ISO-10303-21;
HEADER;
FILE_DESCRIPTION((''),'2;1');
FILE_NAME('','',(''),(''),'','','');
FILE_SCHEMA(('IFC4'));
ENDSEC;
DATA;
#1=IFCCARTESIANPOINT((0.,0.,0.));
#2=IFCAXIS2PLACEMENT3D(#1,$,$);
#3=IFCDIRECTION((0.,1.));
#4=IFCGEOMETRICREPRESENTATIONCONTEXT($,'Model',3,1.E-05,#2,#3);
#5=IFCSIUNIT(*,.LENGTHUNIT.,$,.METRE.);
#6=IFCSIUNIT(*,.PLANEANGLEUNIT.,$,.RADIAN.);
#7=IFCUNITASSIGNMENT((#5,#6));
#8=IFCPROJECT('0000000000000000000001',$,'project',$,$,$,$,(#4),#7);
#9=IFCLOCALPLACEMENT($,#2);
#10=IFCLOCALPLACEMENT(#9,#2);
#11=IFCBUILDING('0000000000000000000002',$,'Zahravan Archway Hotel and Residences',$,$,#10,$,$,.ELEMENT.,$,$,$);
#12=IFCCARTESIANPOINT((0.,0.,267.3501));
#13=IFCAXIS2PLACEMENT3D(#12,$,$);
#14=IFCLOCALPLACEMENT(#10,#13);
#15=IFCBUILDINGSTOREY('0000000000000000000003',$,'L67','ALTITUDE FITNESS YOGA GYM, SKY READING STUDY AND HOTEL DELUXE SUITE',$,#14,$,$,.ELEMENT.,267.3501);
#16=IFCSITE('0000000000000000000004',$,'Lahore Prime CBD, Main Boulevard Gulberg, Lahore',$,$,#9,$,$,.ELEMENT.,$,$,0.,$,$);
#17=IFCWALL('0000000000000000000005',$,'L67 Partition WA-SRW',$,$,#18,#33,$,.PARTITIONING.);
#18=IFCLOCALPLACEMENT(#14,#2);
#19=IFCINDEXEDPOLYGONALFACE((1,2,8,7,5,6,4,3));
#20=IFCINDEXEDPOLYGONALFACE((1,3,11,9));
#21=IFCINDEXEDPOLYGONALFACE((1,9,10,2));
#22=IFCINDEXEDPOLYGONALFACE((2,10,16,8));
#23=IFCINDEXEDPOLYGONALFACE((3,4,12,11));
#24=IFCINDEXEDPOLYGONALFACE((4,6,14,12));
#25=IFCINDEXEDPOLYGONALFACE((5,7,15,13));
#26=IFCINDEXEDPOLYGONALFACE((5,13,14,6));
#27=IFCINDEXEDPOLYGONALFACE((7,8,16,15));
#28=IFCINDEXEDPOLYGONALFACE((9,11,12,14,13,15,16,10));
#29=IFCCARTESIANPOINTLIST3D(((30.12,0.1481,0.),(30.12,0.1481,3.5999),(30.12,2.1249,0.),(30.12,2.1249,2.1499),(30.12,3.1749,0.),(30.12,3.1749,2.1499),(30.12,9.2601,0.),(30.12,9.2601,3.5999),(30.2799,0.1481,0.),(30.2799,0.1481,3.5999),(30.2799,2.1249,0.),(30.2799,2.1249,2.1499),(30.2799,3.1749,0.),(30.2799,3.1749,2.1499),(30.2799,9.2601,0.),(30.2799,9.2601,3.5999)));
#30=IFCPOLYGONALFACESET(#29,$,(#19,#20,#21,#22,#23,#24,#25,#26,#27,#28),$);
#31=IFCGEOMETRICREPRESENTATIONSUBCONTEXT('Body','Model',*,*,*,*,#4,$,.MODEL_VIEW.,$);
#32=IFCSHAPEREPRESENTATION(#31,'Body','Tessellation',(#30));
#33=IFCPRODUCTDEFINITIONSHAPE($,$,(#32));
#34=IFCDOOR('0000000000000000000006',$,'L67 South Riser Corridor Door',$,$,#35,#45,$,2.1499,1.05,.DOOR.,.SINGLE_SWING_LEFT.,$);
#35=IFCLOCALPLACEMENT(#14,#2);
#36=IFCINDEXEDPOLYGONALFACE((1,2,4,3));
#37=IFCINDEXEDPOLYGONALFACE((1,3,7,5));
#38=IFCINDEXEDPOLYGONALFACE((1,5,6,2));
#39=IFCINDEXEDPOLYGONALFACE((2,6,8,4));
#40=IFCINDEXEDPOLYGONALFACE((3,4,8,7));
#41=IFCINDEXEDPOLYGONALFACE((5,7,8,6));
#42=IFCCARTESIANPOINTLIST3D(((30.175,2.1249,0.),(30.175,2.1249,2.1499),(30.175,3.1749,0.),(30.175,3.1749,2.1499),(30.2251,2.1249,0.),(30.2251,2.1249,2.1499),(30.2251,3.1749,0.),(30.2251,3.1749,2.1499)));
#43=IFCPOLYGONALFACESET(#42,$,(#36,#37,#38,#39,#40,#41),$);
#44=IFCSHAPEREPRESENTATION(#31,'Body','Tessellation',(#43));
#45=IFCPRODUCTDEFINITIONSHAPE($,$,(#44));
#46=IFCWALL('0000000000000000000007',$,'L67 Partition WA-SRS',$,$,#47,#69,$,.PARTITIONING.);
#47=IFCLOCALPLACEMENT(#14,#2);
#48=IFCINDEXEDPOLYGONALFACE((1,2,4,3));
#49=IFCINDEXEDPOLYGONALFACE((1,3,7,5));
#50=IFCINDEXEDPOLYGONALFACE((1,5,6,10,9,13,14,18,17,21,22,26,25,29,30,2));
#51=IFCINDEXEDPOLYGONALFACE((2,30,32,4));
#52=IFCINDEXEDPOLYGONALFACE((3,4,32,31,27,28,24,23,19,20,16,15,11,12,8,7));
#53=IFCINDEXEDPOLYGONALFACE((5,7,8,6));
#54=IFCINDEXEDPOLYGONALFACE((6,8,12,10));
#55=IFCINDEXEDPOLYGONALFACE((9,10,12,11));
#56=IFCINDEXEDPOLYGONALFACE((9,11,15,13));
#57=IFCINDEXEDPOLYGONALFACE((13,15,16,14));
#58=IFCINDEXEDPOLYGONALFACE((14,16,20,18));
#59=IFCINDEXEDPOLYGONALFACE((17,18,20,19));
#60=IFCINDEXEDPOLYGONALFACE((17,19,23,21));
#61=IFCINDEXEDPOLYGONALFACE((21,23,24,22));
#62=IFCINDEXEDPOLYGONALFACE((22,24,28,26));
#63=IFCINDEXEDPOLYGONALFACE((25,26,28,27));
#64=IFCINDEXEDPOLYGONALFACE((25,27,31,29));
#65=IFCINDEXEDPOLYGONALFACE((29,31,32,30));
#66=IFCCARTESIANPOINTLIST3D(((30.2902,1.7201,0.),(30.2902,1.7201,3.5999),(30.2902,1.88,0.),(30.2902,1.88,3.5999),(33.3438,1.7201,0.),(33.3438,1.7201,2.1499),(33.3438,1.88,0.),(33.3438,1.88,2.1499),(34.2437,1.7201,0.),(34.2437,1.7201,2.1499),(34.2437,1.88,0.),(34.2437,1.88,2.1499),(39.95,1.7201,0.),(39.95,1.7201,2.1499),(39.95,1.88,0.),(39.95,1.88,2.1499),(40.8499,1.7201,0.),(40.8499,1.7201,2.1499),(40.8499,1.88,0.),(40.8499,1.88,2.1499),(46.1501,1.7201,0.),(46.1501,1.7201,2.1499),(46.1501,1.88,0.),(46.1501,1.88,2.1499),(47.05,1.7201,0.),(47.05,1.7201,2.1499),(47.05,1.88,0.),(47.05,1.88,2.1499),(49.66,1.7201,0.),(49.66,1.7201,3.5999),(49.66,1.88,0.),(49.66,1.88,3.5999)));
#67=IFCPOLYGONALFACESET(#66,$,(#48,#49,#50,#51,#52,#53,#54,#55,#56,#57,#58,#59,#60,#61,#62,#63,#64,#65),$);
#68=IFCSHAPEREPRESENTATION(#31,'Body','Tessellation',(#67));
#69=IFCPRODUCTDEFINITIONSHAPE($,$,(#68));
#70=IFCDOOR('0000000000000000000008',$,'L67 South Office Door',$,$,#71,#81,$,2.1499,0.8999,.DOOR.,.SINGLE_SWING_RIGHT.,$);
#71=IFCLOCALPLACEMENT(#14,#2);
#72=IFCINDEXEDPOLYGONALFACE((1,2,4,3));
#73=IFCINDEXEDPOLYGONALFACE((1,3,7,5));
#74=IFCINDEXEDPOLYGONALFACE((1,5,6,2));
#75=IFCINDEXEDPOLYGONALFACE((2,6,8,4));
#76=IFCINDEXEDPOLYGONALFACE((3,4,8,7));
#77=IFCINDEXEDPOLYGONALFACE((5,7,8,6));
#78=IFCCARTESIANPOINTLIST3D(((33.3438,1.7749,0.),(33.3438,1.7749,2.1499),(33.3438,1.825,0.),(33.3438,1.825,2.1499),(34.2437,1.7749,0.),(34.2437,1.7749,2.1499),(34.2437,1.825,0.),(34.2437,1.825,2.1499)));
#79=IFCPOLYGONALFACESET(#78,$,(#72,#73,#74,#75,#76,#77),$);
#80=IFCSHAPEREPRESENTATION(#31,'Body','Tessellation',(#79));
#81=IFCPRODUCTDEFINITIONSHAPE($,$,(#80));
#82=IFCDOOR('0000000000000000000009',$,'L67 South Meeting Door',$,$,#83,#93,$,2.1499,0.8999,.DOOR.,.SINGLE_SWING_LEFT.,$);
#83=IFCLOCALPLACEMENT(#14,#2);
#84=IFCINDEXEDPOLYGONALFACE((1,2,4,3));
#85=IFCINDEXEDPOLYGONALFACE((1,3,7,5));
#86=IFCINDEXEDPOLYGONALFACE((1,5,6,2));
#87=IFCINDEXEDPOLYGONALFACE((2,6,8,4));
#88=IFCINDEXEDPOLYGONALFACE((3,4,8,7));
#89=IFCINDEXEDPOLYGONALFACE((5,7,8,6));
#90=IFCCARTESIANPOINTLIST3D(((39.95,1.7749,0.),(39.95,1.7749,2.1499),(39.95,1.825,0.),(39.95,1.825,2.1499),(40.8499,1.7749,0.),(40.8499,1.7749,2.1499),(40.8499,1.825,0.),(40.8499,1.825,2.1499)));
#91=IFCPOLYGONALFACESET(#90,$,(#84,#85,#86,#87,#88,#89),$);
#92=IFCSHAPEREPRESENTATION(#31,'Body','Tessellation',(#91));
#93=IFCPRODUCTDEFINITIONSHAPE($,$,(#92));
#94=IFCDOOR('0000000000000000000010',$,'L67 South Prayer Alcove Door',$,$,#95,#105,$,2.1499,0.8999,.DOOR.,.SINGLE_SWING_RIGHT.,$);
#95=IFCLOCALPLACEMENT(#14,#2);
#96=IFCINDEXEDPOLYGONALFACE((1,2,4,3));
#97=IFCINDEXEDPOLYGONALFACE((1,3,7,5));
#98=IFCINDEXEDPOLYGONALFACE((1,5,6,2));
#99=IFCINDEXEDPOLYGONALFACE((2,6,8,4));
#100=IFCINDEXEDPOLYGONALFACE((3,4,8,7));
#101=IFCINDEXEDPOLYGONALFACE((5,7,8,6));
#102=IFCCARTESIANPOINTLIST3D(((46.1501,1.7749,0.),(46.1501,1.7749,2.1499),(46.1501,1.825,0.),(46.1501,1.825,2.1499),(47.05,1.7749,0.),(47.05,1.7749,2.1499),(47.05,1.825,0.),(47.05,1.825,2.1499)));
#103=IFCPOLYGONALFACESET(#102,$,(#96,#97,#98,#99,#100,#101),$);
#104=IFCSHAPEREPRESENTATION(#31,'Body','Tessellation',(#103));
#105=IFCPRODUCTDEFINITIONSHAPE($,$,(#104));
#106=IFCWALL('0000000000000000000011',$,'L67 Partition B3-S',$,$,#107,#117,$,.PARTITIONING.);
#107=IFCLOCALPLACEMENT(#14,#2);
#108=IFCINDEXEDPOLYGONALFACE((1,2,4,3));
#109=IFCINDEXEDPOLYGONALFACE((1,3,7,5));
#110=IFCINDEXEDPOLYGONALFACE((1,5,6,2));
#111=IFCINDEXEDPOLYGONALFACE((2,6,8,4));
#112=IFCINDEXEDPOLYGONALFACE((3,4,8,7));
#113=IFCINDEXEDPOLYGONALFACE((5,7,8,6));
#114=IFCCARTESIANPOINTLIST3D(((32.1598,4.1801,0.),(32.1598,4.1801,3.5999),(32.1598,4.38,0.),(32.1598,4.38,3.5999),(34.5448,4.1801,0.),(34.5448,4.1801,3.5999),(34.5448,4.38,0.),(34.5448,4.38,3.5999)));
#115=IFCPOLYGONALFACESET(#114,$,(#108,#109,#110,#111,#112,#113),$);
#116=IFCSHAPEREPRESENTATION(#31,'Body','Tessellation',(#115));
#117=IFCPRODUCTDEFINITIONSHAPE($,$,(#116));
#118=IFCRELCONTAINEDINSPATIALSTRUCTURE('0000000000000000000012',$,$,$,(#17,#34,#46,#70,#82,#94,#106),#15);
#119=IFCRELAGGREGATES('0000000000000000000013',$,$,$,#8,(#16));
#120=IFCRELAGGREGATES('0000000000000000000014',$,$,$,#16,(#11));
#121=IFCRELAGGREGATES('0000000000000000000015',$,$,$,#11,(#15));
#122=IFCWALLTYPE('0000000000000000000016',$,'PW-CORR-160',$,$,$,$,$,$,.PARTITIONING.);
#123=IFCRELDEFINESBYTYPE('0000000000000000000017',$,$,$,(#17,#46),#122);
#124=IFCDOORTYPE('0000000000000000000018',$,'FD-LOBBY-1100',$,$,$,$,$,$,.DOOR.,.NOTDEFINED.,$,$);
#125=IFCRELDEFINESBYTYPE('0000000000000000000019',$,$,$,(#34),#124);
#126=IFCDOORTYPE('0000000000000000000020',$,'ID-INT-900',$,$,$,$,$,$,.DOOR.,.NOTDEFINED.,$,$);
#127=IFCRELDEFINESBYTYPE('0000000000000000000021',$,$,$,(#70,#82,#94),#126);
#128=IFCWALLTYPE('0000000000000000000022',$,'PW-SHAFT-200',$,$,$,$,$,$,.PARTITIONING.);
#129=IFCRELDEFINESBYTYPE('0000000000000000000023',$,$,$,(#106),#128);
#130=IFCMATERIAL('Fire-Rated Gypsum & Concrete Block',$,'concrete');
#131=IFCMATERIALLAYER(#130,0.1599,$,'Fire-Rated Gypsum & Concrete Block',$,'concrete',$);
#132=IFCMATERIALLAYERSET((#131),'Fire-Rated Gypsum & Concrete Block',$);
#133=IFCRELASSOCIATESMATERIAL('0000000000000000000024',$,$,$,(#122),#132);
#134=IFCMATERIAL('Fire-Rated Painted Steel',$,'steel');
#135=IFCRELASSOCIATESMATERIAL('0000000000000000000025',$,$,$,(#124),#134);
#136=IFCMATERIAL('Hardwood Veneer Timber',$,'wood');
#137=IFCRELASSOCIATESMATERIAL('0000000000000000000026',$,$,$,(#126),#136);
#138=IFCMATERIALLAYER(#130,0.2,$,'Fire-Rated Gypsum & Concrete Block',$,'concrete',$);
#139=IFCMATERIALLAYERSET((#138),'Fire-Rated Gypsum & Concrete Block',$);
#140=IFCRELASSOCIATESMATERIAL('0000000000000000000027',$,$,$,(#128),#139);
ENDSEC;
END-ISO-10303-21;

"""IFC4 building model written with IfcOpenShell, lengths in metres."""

from ifc_helpers import new_model, si_unit, direction, frame, frame_2d, origin, place, context, subcontext, project, spatial, rectangle, extrude, source, transform, mapped, material, layer, layer_set, type_object, type_shapes, element, fill, save


model = new_model("IFC4")

# Units and contexts
model_context = context("Model", 3, precision=1e-05, world=origin(), true_north=direction((0.0, 1.0)))
body_context = subcontext(model_context, "Body", "Model", "MODEL_VIEW")
ifc_project = project(units=[si_unit("LENGTHUNIT", "METRE"), si_unit("PLANEANGLEUNIT", "RADIAN")], contexts=[model_context])

# Site, building, storey
site_placement = place(None, origin())
site = spatial("IfcSite", under=ifc_project, at=site_placement, Name="Lahore Prime CBD, Main Boulevard Gulberg, Lahore", CompositionType="ELEMENT", RefElevation=0.0)
building_placement = place(site_placement, origin())
building = spatial("IfcBuilding", under=site, at=building_placement, Name="Zahravan Archway Hotel and Residences", CompositionType="ELEMENT")
storey_placement = place(building_placement, frame((0.0, 0.0, 267.3501)))
storey = spatial("IfcBuildingStorey", under=building, at=storey_placement, Name="L67", Description="ALTITUDE FITNESS YOGA GYM, SKY READING STUDY AND HOTEL DELUXE SUITE", CompositionType="ELEMENT", Elevation=267.3501)

# Shared definitions
ifc_material_1 = material(Name="Fire-Rated Painted Steel", Category="steel")

# Shared definitions
ifc_material_2 = material(Name="Fire-Rated Gypsum & Concrete Block", Category="concrete")

# Wall, opening, door
ifc_layer_1 = layer(ifc_material_2, 0.1599, Name="Fire-Rated Gypsum & Concrete Block", Category="concrete")
ifc_layer_set_1 = layer_set([ifc_layer_1], Name="Fire-Rated Gypsum & Concrete Block")
wall_type_1 = type_object("IfcWallType", Name="PW-CORR-160", PredefinedType="PARTITIONING", material=ifc_layer_set_1)
wall_1_placement = place(storey_placement, frame((30.2, 0.1479, 0.0), z_axis=(0.0, 0.0, 1.0), x_axis=(0.0, 1.0, 0.0)))
wall_1 = element("IfcWall", 1, at=wall_1_placement, inside=storey, type_object=wall_type_1, Name="L67 Partition WA-SRW", PredefinedType="PARTITIONING", context=body_context, shape_type="SweptSolid", body=[
    extrude(rectangle(XDim=9.1121, YDim=0.1599, at=frame_2d((4.5562, 0.0))), origin(), (0.0, 0.0, 1.0), 3.5999),
])
opening_1_placement = place(wall_1_placement, frame((1.9771, 0.0, 0.0)))
opening_1 = element("IfcOpeningElement", 2, at=opening_1_placement, cuts=wall_1, PredefinedType="OPENING", context=body_context, shape_type="SweptSolid", body=[
    extrude(rectangle(XDim=1.05, YDim=2.1499, at=frame_2d((0.5249, 1.075))), frame((0.0, 0.0898, 0.0), z_axis=(0.0, -1.0, 0.0), x_axis=(1.0, 0.0, 0.0)), (0.0, 0.0, 1.0), 0.1799),
])
door_type_1 = type_object("IfcDoorType", Name="FD-LOBBY-1100", OperationType="NOTDEFINED", PredefinedType="DOOR", material=ifc_material_1)
shared_shape_1 = source(origin(), body_context, "Body", "SweptSolid", [
    extrude(rectangle(XDim=1.05, YDim=2.1499, at=frame_2d((0.5249, 1.075))), frame((0.0, 0.0249, 0.0), z_axis=(0.0, -1.0, 0.0), x_axis=(1.0, 0.0, 0.0)), (0.0, 0.0, 1.0), 0.05),
])
type_shapes(door_type_1, [shared_shape_1])
door_1_placement = place(opening_1_placement, origin())
door_1 = element("IfcDoor", 3, at=door_1_placement, inside=storey, type_object=door_type_1, Name="L67 South Riser Corridor Door", OperationType="SINGLE_SWING_LEFT", OverallHeight=2.1499, OverallWidth=1.05, PredefinedType="DOOR", context=body_context, shape_type="MappedRepresentation", body=[
    mapped(shared_shape_1, transform((0.0, 0.0, 0.0), scale=1.0)),
])
fill(opening_1, door_1)

# Wall, openings, doors
wall_2_placement = place(storey_placement, frame((30.29, 1.8, 0.0), z_axis=(0.0, 0.0, 1.0), x_axis=(1.0, 0.0, 0.0)))
wall_2 = element("IfcWall", 4, at=wall_2_placement, inside=storey, type_object=wall_type_1, Name="L67 Partition WA-SRS", PredefinedType="PARTITIONING", context=body_context, shape_type="SweptSolid", body=[
    extrude(rectangle(XDim=19.3699, YDim=0.1599, at=frame_2d((9.6851, 0.0))), origin(), (0.0, 0.0, 1.0), 3.5999),
])
opening_2_placement = place(wall_2_placement, frame((3.0537, 0.0, 0.0)))
opening_2 = element("IfcOpeningElement", 5, at=opening_2_placement, cuts=wall_2, PredefinedType="OPENING", context=body_context, shape_type="SweptSolid", body=[
    extrude(rectangle(XDim=0.8999, YDim=2.1499, at=frame_2d((0.45, 1.075))), frame((0.0, 0.0898, 0.0), z_axis=(0.0, -1.0, 0.0), x_axis=(1.0, 0.0, 0.0)), (0.0, 0.0, 1.0), 0.1799),
])
opening_3_placement = place(wall_2_placement, frame((9.6599, 0.0, 0.0)))
opening_3 = element("IfcOpeningElement", 6, at=opening_3_placement, cuts=wall_2, PredefinedType="OPENING", context=body_context, shape_type="SweptSolid", body=[
    extrude(rectangle(XDim=0.8999, YDim=2.1499, at=frame_2d((0.45, 1.075))), frame((0.0, 0.0898, 0.0), z_axis=(0.0, -1.0, 0.0), x_axis=(1.0, 0.0, 0.0)), (0.0, 0.0, 1.0), 0.1799),
])
opening_4_placement = place(wall_2_placement, frame((15.8601, 0.0, 0.0)))
opening_4 = element("IfcOpeningElement", 7, at=opening_4_placement, cuts=wall_2, PredefinedType="OPENING", context=body_context, shape_type="SweptSolid", body=[
    extrude(rectangle(XDim=0.8999, YDim=2.1499, at=frame_2d((0.45, 1.075))), frame((0.0, 0.0898, 0.0), z_axis=(0.0, -1.0, 0.0), x_axis=(1.0, 0.0, 0.0)), (0.0, 0.0, 1.0), 0.1799),
])
ifc_material_3 = material(Name="Hardwood Veneer Timber", Category="wood")
door_type_2 = type_object("IfcDoorType", Name="ID-INT-900", OperationType="NOTDEFINED", PredefinedType="DOOR", material=ifc_material_3)
shared_shape_2 = source(origin(), body_context, "Body", "SweptSolid", [
    extrude(rectangle(XDim=0.8999, YDim=2.1499, at=frame_2d((0.45, 1.075))), frame((0.0, 0.0249, 0.0), z_axis=(0.0, -1.0, 0.0), x_axis=(1.0, 0.0, 0.0)), (0.0, 0.0, 1.0), 0.05),
])
type_shapes(door_type_2, [shared_shape_2])
door_2_placement = place(opening_2_placement, origin())
door_2 = element("IfcDoor", 8, at=door_2_placement, inside=storey, type_object=door_type_2, Name="L67 South Office Door", OperationType="SINGLE_SWING_RIGHT", OverallHeight=2.1499, OverallWidth=0.8999, PredefinedType="DOOR", context=body_context, shape_type="MappedRepresentation", body=[
    mapped(shared_shape_2, transform((0.0, 0.0, 0.0), scale=1.0)),
])
fill(opening_2, door_2)
door_3_placement = place(opening_3_placement, origin())
door_3 = element("IfcDoor", 9, at=door_3_placement, inside=storey, type_object=door_type_2, Name="L67 South Meeting Door", OperationType="SINGLE_SWING_LEFT", OverallHeight=2.1499, OverallWidth=0.8999, PredefinedType="DOOR", context=body_context, shape_type="MappedRepresentation", body=[
    mapped(shared_shape_2, transform((0.0, 0.0, 0.0), scale=1.0)),
])
fill(opening_3, door_3)
door_4_placement = place(opening_4_placement, origin())
door_4 = element("IfcDoor", 10, at=door_4_placement, inside=storey, type_object=door_type_2, Name="L67 South Prayer Alcove Door", OperationType="SINGLE_SWING_RIGHT", OverallHeight=2.1499, OverallWidth=0.8999, PredefinedType="DOOR", context=body_context, shape_type="MappedRepresentation", body=[
    mapped(shared_shape_2, transform((0.0, 0.0, 0.0), scale=1.0)),
])
fill(opening_4, door_4)

# Wall
ifc_layer_2 = layer(ifc_material_2, 0.2, Name="Fire-Rated Gypsum & Concrete Block", Category="concrete")
ifc_layer_set_2 = layer_set([ifc_layer_2], Name="Fire-Rated Gypsum & Concrete Block")
wall_type_2 = type_object("IfcWallType", Name="PW-SHAFT-200", PredefinedType="PARTITIONING", material=ifc_layer_set_2)
wall_3_placement = place(storey_placement, frame((32.1599, 4.28, 0.0), z_axis=(0.0, 0.0, 1.0), x_axis=(1.0, 0.0, 0.0)))
element("IfcWall", 11, at=wall_3_placement, inside=storey, type_object=wall_type_2, Name="L67 Partition B3-S", PredefinedType="PARTITIONING", context=body_context, shape_type="SweptSolid", body=[
    extrude(rectangle(XDim=2.385, YDim=0.2, at=frame_2d((1.1924, 0.0))), origin(), (0.0, 0.0, 1.0), 3.5999),
])

save(model, "model.ifc")
